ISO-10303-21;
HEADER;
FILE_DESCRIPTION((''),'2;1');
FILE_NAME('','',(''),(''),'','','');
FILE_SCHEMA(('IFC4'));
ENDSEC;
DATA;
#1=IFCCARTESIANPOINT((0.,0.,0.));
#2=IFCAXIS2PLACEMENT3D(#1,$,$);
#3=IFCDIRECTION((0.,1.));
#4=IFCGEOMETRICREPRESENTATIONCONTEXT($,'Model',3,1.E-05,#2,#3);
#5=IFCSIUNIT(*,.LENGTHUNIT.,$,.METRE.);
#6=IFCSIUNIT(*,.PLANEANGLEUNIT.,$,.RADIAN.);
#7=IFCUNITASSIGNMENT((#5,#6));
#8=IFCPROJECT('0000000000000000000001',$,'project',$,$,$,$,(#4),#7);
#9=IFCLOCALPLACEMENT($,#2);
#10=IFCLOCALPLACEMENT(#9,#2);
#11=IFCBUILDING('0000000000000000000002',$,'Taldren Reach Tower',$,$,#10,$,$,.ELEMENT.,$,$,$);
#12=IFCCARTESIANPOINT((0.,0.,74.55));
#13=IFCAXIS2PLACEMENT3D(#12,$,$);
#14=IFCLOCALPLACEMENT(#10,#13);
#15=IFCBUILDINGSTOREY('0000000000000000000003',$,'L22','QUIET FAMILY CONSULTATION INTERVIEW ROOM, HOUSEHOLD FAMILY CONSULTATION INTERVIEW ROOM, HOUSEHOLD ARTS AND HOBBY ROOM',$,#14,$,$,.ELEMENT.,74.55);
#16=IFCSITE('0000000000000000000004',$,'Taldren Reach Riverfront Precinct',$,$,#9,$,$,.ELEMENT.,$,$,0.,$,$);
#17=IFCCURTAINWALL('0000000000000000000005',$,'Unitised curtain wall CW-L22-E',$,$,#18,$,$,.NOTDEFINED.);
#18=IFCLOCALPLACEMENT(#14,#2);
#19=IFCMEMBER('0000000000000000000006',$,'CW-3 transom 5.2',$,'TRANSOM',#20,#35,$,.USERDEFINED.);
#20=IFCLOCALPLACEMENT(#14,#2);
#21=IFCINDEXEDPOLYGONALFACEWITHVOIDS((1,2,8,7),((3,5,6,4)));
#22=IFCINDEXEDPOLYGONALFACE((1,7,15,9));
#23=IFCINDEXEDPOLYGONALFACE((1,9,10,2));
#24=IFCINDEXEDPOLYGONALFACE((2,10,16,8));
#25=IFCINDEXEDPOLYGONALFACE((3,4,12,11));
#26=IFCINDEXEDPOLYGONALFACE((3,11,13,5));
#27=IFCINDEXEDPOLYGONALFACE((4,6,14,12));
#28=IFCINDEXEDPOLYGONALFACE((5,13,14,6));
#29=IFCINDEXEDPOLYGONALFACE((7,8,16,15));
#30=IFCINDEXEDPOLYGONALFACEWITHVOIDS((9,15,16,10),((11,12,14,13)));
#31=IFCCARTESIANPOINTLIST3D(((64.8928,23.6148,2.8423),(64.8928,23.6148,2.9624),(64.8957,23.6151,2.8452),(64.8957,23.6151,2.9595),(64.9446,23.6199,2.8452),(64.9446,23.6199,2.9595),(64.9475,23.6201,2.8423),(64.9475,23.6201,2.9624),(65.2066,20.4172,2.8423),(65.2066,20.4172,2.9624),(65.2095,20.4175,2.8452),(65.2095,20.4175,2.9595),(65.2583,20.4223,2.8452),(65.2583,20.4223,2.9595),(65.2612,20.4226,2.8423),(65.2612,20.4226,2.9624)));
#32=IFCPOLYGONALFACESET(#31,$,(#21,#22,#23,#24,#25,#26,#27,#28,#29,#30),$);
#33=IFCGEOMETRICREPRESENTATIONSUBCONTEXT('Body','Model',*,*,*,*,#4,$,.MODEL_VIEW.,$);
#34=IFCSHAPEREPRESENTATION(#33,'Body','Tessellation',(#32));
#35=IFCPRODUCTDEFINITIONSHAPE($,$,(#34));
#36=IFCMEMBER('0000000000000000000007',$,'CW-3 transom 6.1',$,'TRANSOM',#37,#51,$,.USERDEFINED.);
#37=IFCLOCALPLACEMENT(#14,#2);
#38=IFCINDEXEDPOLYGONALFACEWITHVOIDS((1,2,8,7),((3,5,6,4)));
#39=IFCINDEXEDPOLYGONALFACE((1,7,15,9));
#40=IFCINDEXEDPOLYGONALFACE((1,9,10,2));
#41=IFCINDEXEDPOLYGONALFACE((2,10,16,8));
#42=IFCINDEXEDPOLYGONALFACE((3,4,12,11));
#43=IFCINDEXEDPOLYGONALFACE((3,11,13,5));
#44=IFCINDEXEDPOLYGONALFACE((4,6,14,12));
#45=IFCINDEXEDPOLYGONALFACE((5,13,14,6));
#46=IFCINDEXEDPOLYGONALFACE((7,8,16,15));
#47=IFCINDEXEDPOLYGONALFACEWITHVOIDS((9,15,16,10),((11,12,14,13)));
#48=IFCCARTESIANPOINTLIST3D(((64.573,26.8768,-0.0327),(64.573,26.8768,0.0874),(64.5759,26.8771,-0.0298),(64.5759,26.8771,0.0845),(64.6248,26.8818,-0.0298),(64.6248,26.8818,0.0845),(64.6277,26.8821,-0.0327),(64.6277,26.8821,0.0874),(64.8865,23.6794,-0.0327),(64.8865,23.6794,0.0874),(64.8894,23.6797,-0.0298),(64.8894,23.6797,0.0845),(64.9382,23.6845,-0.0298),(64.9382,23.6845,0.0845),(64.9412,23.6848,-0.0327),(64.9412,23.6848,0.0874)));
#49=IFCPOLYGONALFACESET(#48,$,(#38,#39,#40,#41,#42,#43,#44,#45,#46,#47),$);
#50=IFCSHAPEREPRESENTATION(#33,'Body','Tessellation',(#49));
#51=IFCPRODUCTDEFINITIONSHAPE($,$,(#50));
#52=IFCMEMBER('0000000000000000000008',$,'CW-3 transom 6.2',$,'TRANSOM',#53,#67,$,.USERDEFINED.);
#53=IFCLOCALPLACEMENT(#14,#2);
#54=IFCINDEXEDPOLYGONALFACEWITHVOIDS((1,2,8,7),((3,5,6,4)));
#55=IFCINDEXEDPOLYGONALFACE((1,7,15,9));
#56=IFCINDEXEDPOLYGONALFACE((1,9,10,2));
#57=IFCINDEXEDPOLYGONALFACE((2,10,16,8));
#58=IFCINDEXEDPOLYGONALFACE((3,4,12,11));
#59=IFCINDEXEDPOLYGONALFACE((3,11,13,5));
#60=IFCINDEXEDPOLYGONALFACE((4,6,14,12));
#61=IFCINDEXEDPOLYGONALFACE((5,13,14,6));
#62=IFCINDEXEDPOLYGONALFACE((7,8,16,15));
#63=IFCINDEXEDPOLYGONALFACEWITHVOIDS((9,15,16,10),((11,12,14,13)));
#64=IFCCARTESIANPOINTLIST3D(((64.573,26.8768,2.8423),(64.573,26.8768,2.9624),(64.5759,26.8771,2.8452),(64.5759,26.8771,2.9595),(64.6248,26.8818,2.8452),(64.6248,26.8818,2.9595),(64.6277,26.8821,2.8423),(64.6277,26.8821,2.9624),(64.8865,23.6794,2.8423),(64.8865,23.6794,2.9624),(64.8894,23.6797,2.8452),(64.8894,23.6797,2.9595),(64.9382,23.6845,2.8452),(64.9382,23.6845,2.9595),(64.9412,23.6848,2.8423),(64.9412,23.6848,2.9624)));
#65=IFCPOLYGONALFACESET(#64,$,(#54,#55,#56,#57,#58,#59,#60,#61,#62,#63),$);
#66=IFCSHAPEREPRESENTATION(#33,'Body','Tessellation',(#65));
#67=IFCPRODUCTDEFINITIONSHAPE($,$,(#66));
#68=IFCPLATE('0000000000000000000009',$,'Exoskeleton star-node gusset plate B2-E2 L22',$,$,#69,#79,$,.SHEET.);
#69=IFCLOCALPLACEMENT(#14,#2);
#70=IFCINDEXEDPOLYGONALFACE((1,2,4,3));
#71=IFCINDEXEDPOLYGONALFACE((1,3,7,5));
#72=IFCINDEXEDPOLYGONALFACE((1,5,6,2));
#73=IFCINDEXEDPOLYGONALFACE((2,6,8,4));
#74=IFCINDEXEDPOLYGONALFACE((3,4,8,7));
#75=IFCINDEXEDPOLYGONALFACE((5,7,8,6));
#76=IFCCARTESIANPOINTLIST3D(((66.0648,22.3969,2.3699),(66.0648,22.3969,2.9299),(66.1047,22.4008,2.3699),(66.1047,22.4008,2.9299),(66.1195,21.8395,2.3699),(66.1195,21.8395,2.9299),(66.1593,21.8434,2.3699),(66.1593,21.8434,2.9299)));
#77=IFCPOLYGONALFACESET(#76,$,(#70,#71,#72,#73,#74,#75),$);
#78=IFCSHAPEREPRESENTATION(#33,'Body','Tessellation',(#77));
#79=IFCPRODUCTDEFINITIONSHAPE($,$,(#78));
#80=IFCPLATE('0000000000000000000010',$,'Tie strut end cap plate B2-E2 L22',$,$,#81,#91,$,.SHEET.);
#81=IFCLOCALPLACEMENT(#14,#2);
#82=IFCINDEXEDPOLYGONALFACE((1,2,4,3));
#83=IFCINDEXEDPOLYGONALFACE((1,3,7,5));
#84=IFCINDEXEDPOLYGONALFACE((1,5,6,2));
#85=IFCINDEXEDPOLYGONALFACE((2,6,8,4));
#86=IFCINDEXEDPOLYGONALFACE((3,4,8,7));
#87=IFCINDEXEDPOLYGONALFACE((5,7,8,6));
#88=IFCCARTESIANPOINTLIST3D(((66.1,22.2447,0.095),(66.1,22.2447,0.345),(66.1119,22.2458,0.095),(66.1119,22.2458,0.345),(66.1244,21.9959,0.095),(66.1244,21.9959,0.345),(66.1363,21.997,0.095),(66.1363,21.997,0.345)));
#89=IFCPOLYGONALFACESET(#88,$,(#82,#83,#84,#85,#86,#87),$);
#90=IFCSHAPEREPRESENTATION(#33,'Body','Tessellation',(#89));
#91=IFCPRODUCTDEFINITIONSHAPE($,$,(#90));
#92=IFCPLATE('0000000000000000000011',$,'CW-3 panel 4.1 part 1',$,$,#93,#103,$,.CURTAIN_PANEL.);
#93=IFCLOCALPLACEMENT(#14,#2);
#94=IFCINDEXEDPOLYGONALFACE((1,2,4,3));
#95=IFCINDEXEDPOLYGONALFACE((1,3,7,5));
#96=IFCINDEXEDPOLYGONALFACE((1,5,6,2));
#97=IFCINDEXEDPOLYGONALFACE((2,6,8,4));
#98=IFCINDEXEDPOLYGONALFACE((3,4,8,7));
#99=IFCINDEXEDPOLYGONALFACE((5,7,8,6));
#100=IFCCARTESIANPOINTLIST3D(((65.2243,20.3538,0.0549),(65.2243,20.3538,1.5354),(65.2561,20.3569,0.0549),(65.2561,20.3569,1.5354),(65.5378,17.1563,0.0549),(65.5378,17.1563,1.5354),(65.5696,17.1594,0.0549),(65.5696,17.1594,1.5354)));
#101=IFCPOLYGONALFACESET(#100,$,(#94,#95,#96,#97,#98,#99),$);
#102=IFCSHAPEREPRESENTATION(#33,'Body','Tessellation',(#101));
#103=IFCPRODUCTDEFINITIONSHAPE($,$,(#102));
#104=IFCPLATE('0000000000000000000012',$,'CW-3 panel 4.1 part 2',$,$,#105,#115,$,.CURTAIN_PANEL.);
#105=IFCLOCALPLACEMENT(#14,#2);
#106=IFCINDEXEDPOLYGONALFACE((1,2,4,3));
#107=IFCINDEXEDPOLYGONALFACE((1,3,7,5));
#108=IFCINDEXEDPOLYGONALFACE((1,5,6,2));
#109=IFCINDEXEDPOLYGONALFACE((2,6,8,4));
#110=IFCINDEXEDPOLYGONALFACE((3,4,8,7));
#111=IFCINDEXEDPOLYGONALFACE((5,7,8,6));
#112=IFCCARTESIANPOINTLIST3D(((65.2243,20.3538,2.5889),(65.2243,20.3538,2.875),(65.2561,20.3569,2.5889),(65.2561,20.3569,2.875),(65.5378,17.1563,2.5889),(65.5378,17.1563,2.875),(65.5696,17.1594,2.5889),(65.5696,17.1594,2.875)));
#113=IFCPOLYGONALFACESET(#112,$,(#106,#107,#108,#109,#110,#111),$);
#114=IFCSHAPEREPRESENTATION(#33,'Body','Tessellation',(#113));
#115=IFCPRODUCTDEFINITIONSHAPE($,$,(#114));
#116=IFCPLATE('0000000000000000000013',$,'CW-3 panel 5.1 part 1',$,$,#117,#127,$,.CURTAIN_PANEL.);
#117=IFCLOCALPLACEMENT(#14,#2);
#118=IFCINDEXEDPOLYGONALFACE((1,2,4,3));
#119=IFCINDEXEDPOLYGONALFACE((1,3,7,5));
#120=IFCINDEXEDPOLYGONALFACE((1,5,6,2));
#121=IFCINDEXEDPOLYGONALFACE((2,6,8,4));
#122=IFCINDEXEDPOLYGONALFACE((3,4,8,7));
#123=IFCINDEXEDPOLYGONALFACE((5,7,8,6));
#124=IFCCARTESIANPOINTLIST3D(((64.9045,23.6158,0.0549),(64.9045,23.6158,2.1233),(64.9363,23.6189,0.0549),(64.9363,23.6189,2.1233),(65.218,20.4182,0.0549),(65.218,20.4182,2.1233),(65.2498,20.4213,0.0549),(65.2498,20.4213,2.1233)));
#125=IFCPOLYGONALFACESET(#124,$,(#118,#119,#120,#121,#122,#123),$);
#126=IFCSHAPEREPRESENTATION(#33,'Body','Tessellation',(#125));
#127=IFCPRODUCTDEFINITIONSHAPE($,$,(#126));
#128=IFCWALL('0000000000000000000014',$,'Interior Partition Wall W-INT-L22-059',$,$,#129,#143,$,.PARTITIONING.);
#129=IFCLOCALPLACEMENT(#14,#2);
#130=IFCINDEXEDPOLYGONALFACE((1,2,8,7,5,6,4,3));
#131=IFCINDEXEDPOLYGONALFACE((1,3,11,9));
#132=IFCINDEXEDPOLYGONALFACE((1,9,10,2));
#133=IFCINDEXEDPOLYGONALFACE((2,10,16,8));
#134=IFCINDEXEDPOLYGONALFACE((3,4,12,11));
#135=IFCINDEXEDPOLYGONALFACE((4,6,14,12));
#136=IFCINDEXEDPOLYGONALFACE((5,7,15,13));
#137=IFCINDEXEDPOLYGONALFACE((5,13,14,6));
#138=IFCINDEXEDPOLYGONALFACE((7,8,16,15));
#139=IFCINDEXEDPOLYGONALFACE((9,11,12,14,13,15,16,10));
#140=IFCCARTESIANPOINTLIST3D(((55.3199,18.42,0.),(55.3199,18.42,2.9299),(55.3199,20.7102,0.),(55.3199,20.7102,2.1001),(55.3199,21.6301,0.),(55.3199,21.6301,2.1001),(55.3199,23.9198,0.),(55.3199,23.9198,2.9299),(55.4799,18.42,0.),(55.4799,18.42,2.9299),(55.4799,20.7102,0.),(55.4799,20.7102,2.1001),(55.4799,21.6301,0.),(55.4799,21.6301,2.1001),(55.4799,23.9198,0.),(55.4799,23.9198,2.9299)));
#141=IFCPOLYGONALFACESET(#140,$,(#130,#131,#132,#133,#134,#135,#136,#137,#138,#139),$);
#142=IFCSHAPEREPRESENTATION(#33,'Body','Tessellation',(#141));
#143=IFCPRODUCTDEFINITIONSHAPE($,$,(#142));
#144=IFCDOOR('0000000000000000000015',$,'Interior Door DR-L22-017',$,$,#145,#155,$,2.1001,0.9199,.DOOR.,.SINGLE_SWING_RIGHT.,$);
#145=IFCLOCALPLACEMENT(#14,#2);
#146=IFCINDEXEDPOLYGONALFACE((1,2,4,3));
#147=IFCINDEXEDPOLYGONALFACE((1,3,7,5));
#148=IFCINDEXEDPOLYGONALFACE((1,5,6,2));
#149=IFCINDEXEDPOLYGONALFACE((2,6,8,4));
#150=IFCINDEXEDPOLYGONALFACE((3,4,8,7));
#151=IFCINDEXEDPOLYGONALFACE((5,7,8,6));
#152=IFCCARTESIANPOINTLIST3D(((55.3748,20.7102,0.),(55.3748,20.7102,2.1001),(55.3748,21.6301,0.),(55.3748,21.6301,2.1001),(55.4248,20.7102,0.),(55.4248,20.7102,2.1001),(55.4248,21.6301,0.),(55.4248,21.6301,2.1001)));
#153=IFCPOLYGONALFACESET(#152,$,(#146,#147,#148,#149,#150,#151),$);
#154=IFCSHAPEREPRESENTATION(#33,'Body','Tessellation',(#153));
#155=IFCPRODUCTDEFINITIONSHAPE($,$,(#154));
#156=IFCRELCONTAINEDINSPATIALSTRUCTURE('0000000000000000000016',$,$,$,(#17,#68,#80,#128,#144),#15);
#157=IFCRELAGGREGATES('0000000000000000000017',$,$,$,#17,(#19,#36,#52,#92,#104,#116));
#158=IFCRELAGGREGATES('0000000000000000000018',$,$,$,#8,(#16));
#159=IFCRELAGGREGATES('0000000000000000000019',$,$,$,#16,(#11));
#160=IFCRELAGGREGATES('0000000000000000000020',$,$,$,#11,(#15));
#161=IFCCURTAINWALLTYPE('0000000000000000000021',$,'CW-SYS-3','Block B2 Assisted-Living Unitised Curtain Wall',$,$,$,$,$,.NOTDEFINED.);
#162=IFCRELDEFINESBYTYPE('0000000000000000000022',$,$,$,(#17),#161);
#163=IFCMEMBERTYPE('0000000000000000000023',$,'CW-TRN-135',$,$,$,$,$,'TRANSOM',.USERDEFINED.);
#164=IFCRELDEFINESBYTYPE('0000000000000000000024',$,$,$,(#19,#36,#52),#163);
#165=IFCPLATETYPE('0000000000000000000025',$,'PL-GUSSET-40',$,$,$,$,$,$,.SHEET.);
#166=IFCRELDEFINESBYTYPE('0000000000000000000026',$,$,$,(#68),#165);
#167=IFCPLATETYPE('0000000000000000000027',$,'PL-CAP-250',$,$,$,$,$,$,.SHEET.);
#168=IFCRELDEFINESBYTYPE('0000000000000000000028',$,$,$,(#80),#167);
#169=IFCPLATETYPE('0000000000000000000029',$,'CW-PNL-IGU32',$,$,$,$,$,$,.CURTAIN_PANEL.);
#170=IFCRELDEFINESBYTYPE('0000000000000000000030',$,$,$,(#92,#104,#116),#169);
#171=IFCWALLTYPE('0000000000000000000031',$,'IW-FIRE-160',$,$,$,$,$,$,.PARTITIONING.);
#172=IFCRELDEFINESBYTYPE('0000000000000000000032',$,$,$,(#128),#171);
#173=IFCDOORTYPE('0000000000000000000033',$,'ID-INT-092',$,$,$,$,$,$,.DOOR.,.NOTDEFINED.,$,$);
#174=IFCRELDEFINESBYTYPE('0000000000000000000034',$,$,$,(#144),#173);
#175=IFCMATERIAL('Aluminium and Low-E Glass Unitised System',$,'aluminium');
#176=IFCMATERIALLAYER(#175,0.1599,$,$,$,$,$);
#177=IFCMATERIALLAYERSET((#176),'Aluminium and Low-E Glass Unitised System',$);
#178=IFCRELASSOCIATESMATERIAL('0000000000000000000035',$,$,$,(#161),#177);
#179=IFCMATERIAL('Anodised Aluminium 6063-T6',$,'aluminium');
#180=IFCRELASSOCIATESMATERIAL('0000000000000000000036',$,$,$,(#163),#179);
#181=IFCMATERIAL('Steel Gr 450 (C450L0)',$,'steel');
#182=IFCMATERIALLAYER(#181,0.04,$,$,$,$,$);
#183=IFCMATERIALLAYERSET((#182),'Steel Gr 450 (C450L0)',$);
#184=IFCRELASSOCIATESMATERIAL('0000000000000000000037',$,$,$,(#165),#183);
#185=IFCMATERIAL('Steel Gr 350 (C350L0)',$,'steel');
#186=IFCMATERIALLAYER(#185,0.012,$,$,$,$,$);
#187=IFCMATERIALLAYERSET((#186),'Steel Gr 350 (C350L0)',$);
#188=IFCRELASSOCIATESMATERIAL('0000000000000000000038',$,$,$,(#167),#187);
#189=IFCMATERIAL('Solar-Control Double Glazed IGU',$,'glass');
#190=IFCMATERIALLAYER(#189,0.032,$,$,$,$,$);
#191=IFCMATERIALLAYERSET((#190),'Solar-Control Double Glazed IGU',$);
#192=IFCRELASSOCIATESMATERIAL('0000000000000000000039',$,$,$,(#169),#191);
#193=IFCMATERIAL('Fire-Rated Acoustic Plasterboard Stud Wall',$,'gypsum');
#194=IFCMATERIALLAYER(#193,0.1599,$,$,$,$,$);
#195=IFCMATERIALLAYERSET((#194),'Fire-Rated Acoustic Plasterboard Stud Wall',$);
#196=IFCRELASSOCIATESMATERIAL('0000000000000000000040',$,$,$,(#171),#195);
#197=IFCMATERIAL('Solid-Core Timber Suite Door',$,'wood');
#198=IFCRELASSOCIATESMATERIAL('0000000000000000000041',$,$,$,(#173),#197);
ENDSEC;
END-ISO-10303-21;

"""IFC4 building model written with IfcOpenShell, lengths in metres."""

from ifc_helpers import new_model, si_unit, direction, frame, frame_2d, origin, origin_2d, place, context, subcontext, project, spatial, rectangle, hollow_rectangle, extrude, source, transform, mapped, material, layer, layer_set, material_profile, profile_set, type_object, element, fill, aggregate, save


model = new_model("IFC4")

# Units and contexts
model_context = context("Model", 3, precision=1e-05, world=origin(), true_north=direction((0.0, 1.0)))
body_context = subcontext(model_context, "Body", "Model", "MODEL_VIEW")
ifc_project = project(units=[si_unit("LENGTHUNIT", "METRE"), si_unit("PLANEANGLEUNIT", "RADIAN")], contexts=[model_context])

# Site, building, storey
site_placement = place(None, origin())
site = spatial("IfcSite", under=ifc_project, at=site_placement, Name="Taldren Reach Riverfront Precinct", CompositionType="ELEMENT", RefElevation=0.0)
building_placement = place(site_placement, origin())
building = spatial("IfcBuilding", under=site, at=building_placement, Name="Taldren Reach Tower", CompositionType="ELEMENT")
storey_placement = place(building_placement, frame((0.0, 0.0, 74.55)))
storey = spatial("IfcBuildingStorey", under=building, at=storey_placement, Name="L22", Description="QUIET FAMILY CONSULTATION INTERVIEW ROOM, HOUSEHOLD FAMILY CONSULTATION INTERVIEW ROOM, HOUSEHOLD ARTS AND HOBBY ROOM", CompositionType="ELEMENT", Elevation=74.55)

# Shared definitions
ifc_material_1 = material(Name="Steel Gr 450 (C450L0)", Category="steel")
ifc_material_2 = material(Name="Steel Gr 350 (C350L0)", Category="steel")

# Curtain wall, members
ifc_material_3 = material(Name="Aluminium and Low-E Glass Unitised System", Category="aluminium")
ifc_layer_1 = layer(ifc_material_3, 0.1599)
ifc_layer_set_1 = layer_set([ifc_layer_1], Name="Aluminium and Low-E Glass Unitised System")
curtain_wall_type = type_object("IfcCurtainWallType", Name="CW-SYS-3", Description="Block B2 Assisted-Living Unitised Curtain Wall", PredefinedType="NOTDEFINED", material=ifc_layer_set_1)
curtain_wall_placement = place(storey_placement, origin())
curtain_wall = element("IfcCurtainWall", 1, at=curtain_wall_placement, inside=storey, type_object=curtain_wall_type, Name="Unitised curtain wall CW-L22-E", PredefinedType="NOTDEFINED")
ifc_material_4 = material(Name="Anodised Aluminium 6063-T6", Category="aluminium")
ifc_material_profile_1 = material_profile(ifc_material_4, hollow_rectangle(XDim=0.0549, YDim=0.1201, WallThickness=0.0029, at=origin_2d()), Name="ALU-120x55x3RHS")
ifc_profile_set_1 = profile_set([ifc_material_profile_1], Name="Anodised Aluminium 6063-T6")
member_type_1 = type_object("IfcMemberType", Name="CW-TRN-135", ElementType="TRANSOM", PredefinedType="USERDEFINED", material=ifc_profile_set_1)
shared_shape_1 = source(origin(), body_context, "Body", "SweptSolid", [
    extrude(hollow_rectangle(XDim=0.0549, YDim=0.1201, WallThickness=0.0029, at=origin_2d()), origin(), (0.0, 0.0, 1.0), 3.2129),
])
member_1_placement = place(storey_placement, frame((65.2339, 20.4199, 2.9023), z_axis=(-0.097645, 0.995221, 0.0), x_axis=(-0.995221, -0.097645, 0.0)))
member_1 = element("IfcMember", 2, at=member_1_placement, type_object=member_type_1, Name="CW-3 transom 5.2", ObjectType="TRANSOM", PredefinedType="USERDEFINED", context=body_context, shape_type="MappedRepresentation", body=[
    mapped(shared_shape_1, transform((0.0, 0.0, 0.0), scale=1.0)),
])
shared_shape_2 = source(origin(), body_context, "Body", "SweptSolid", [
    extrude(hollow_rectangle(XDim=0.0549, YDim=0.1201, WallThickness=0.0029, at=origin_2d()), origin(), (0.0, 0.0, 1.0), 3.2126),
])
member_2_placement = place(storey_placement, frame((64.9138, 23.6821, 0.0273), z_axis=(-0.097577, 0.995228, 0.0), x_axis=(-0.995228, -0.097577, 0.0)))
member_2 = element("IfcMember", 3, at=member_2_placement, type_object=member_type_1, Name="CW-3 transom 6.1", ObjectType="TRANSOM", PredefinedType="USERDEFINED", context=body_context, shape_type="MappedRepresentation", body=[
    mapped(shared_shape_2, transform((0.0, 0.0, 0.0), scale=1.0)),
])
member_3_placement = place(storey_placement, frame((64.9138, 23.6821, 2.9023), z_axis=(-0.097577, 0.995228, 0.0), x_axis=(-0.995228, -0.097577, 0.0)))
member_3 = element("IfcMember", 4, at=member_3_placement, type_object=member_type_1, Name="CW-3 transom 6.2", ObjectType="TRANSOM", PredefinedType="USERDEFINED", context=body_context, shape_type="MappedRepresentation", body=[
    mapped(shared_shape_2, transform((0.0, 0.0, 0.0), scale=1.0)),
])

# Plates
ifc_layer_2 = layer(ifc_material_1, 0.04)
ifc_layer_set_2 = layer_set([ifc_layer_2], Name="Steel Gr 450 (C450L0)")
plate_type_1 = type_object("IfcPlateType", Name="PL-GUSSET-40", PredefinedType="SHEET", material=ifc_layer_set_2)
shared_shape_3 = source(origin(), body_context, "Body", "SweptSolid", [
    extrude(rectangle(XDim=0.5601, YDim=0.04, at=origin_2d()), origin(), (0.0, 0.0, 1.0), 0.5601),
])
plate_1_placement = place(storey_placement, frame((66.1121, 22.1201, 2.3699), z_axis=(0.0, 0.0, 1.0), x_axis=(-0.097583, 0.995227, 0.0)))
element("IfcPlate", 5, at=plate_1_placement, inside=storey, type_object=plate_type_1, Name="Exoskeleton star-node gusset plate B2-E2 L22", PredefinedType="SHEET", context=body_context, shape_type="MappedRepresentation", body=[
    mapped(shared_shape_3, transform((0.0, 0.0, 0.0), scale=1.0)),
])
ifc_layer_3 = layer(ifc_material_2, 0.012)
ifc_layer_set_3 = layer_set([ifc_layer_3], Name="Steel Gr 350 (C350L0)")
plate_type_2 = type_object("IfcPlateType", Name="PL-CAP-250", PredefinedType="SHEET", material=ifc_layer_set_3)
shared_shape_4 = source(origin(), body_context, "Body", "SweptSolid", [
    extrude(rectangle(XDim=0.012, YDim=0.25, at=origin_2d()), origin(), (0.0, 0.0, 1.0), 0.25),
])
plate_2_placement = place(storey_placement, frame((66.1182, 22.1208, 0.095), z_axis=(0.0, 0.0, 1.0), x_axis=(0.995227, 0.097583, 0.0)))
element("IfcPlate", 6, at=plate_2_placement, inside=storey, type_object=plate_type_2, Name="Tie strut end cap plate B2-E2 L22", PredefinedType="SHEET", context=body_context, shape_type="MappedRepresentation", body=[
    mapped(shared_shape_4, transform((0.0, 0.0, 0.0), scale=1.0)),
])

# Plates
ifc_material_5 = material(Name="Solar-Control Double Glazed IGU", Category="glass")
ifc_layer_4 = layer(ifc_material_5, 0.032)
ifc_layer_set_4 = layer_set([ifc_layer_4], Name="Solar-Control Double Glazed IGU")
plate_type_3 = type_object("IfcPlateType", Name="CW-PNL-IGU32", PredefinedType="CURTAIN_PANEL", material=ifc_layer_set_4)
shared_shape_5 = source(origin(), body_context, "Body", "SweptSolid", [
    extrude(rectangle(XDim=3.2129, YDim=0.032, at=origin_2d()), origin(), (0.0, 0.0, 1.0), 1.4805),
])
plate_3_placement = place(storey_placement, frame((65.397, 18.7566, 0.0549), z_axis=(0.0, 0.0, 1.0), x_axis=(-0.097583, 0.995227, 0.0)))
plate_3 = element("IfcPlate", 7, at=plate_3_placement, type_object=plate_type_3, Name="CW-3 panel 4.1 part 1", PredefinedType="CURTAIN_PANEL", context=body_context, shape_type="MappedRepresentation", body=[
    mapped(shared_shape_5, transform((0.0, 0.0, 0.0), scale=1.0)),
])
shared_shape_6 = source(origin(), body_context, "Body", "SweptSolid", [
    extrude(rectangle(XDim=3.2129, YDim=0.032, at=origin_2d()), origin(), (0.0, 0.0, 1.0), 0.2861),
])
plate_4_placement = place(storey_placement, frame((65.397, 18.7566, 2.5889), z_axis=(0.0, 0.0, 1.0), x_axis=(-0.097583, 0.995227, 0.0)))
plate_4 = element("IfcPlate", 8, at=plate_4_placement, type_object=plate_type_3, Name="CW-3 panel 4.1 part 2", PredefinedType="CURTAIN_PANEL", context=body_context, shape_type="MappedRepresentation", body=[
    mapped(shared_shape_6, transform((0.0, 0.0, 0.0), scale=1.0)),
])
shared_shape_7 = source(origin(), body_context, "Body", "SweptSolid", [
    extrude(rectangle(XDim=3.2129, YDim=0.032, at=origin_2d()), origin(), (0.0, 0.0, 1.0), 2.0684),
])
plate_5_placement = place(storey_placement, frame((65.0771, 22.0186, 0.0549), z_axis=(0.0, 0.0, 1.0), x_axis=(-0.097583, 0.995227, 0.0)))
plate_5 = element("IfcPlate", 9, at=plate_5_placement, type_object=plate_type_3, Name="CW-3 panel 5.1 part 1", PredefinedType="CURTAIN_PANEL", context=body_context, shape_type="MappedRepresentation", body=[
    mapped(shared_shape_7, transform((0.0, 0.0, 0.0), scale=1.0)),
])
aggregate(curtain_wall, [member_1, member_2, member_3, plate_3, plate_4, plate_5])

# Wall, opening, door
ifc_material_6 = material(Name="Fire-Rated Acoustic Plasterboard Stud Wall", Category="gypsum")
ifc_layer_5 = layer(ifc_material_6, 0.1599)
ifc_layer_set_5 = layer_set([ifc_layer_5], Name="Fire-Rated Acoustic Plasterboard Stud Wall")
wall_type = type_object("IfcWallType", Name="IW-FIRE-160", PredefinedType="PARTITIONING", material=ifc_layer_set_5)
shared_shape_8 = source(origin(), body_context, "Body", "SweptSolid", [
    extrude(rectangle(XDim=5.4998, YDim=0.1599, at=frame_2d((2.75, 0.0))), origin(), (0.0, 0.0, 1.0), 2.9299),
])
wall_placement = place(storey_placement, frame((55.3999, 23.9199, 0.0), z_axis=(0.0, 0.0, 1.0), x_axis=(0.0, -1.0, 0.0)))
wall = element("IfcWall", 10, at=wall_placement, inside=storey, type_object=wall_type, Name="Interior Partition Wall W-INT-L22-059", PredefinedType="PARTITIONING", context=body_context, shape_type="MappedRepresentation", body=[
    mapped(shared_shape_8, transform((0.0, 0.0, 0.0), scale=1.0)),
])
shared_shape_9 = source(origin(), body_context, "Body", "SweptSolid", [
    extrude(rectangle(XDim=0.9199, YDim=2.1001, at=frame_2d((0.46, 1.05))), frame((0.0, 0.0898, 0.0), z_axis=(0.0, -1.0, 0.0), x_axis=(1.0, 0.0, 0.0)), (0.0, 0.0, 1.0), 0.1799),
])
opening_placement = place(wall_placement, frame((2.2898, 0.0, 0.0)))
opening = element("IfcOpeningElement", 11, at=opening_placement, cuts=wall, PredefinedType="OPENING", context=body_context, shape_type="MappedRepresentation", body=[
    mapped(shared_shape_9, transform((0.0, 0.0, 0.0), scale=1.0)),
])
ifc_material_7 = material(Name="Solid-Core Timber Suite Door", Category="wood")
door_type = type_object("IfcDoorType", Name="ID-INT-092", OperationType="NOTDEFINED", PredefinedType="DOOR", material=ifc_material_7)
shared_shape_10 = source(origin(), body_context, "Body", "SweptSolid", [
    extrude(rectangle(XDim=0.9199, YDim=2.1001, at=frame_2d((0.46, 1.05))), frame((0.0, 0.0249, 0.0), z_axis=(0.0, -1.0, 0.0), x_axis=(1.0, 0.0, 0.0)), (0.0, 0.0, 1.0), 0.05),
])
door_placement = place(opening_placement, origin())
door = element("IfcDoor", 12, at=door_placement, inside=storey, type_object=door_type, Name="Interior Door DR-L22-017", OperationType="SINGLE_SWING_RIGHT", OverallHeight=2.1001, OverallWidth=0.9199, PredefinedType="DOOR", context=body_context, shape_type="MappedRepresentation", body=[
    mapped(shared_shape_10, transform((0.0, 0.0, 0.0), scale=1.0)),
])
fill(opening, door)

save(model, "model.ifc")
